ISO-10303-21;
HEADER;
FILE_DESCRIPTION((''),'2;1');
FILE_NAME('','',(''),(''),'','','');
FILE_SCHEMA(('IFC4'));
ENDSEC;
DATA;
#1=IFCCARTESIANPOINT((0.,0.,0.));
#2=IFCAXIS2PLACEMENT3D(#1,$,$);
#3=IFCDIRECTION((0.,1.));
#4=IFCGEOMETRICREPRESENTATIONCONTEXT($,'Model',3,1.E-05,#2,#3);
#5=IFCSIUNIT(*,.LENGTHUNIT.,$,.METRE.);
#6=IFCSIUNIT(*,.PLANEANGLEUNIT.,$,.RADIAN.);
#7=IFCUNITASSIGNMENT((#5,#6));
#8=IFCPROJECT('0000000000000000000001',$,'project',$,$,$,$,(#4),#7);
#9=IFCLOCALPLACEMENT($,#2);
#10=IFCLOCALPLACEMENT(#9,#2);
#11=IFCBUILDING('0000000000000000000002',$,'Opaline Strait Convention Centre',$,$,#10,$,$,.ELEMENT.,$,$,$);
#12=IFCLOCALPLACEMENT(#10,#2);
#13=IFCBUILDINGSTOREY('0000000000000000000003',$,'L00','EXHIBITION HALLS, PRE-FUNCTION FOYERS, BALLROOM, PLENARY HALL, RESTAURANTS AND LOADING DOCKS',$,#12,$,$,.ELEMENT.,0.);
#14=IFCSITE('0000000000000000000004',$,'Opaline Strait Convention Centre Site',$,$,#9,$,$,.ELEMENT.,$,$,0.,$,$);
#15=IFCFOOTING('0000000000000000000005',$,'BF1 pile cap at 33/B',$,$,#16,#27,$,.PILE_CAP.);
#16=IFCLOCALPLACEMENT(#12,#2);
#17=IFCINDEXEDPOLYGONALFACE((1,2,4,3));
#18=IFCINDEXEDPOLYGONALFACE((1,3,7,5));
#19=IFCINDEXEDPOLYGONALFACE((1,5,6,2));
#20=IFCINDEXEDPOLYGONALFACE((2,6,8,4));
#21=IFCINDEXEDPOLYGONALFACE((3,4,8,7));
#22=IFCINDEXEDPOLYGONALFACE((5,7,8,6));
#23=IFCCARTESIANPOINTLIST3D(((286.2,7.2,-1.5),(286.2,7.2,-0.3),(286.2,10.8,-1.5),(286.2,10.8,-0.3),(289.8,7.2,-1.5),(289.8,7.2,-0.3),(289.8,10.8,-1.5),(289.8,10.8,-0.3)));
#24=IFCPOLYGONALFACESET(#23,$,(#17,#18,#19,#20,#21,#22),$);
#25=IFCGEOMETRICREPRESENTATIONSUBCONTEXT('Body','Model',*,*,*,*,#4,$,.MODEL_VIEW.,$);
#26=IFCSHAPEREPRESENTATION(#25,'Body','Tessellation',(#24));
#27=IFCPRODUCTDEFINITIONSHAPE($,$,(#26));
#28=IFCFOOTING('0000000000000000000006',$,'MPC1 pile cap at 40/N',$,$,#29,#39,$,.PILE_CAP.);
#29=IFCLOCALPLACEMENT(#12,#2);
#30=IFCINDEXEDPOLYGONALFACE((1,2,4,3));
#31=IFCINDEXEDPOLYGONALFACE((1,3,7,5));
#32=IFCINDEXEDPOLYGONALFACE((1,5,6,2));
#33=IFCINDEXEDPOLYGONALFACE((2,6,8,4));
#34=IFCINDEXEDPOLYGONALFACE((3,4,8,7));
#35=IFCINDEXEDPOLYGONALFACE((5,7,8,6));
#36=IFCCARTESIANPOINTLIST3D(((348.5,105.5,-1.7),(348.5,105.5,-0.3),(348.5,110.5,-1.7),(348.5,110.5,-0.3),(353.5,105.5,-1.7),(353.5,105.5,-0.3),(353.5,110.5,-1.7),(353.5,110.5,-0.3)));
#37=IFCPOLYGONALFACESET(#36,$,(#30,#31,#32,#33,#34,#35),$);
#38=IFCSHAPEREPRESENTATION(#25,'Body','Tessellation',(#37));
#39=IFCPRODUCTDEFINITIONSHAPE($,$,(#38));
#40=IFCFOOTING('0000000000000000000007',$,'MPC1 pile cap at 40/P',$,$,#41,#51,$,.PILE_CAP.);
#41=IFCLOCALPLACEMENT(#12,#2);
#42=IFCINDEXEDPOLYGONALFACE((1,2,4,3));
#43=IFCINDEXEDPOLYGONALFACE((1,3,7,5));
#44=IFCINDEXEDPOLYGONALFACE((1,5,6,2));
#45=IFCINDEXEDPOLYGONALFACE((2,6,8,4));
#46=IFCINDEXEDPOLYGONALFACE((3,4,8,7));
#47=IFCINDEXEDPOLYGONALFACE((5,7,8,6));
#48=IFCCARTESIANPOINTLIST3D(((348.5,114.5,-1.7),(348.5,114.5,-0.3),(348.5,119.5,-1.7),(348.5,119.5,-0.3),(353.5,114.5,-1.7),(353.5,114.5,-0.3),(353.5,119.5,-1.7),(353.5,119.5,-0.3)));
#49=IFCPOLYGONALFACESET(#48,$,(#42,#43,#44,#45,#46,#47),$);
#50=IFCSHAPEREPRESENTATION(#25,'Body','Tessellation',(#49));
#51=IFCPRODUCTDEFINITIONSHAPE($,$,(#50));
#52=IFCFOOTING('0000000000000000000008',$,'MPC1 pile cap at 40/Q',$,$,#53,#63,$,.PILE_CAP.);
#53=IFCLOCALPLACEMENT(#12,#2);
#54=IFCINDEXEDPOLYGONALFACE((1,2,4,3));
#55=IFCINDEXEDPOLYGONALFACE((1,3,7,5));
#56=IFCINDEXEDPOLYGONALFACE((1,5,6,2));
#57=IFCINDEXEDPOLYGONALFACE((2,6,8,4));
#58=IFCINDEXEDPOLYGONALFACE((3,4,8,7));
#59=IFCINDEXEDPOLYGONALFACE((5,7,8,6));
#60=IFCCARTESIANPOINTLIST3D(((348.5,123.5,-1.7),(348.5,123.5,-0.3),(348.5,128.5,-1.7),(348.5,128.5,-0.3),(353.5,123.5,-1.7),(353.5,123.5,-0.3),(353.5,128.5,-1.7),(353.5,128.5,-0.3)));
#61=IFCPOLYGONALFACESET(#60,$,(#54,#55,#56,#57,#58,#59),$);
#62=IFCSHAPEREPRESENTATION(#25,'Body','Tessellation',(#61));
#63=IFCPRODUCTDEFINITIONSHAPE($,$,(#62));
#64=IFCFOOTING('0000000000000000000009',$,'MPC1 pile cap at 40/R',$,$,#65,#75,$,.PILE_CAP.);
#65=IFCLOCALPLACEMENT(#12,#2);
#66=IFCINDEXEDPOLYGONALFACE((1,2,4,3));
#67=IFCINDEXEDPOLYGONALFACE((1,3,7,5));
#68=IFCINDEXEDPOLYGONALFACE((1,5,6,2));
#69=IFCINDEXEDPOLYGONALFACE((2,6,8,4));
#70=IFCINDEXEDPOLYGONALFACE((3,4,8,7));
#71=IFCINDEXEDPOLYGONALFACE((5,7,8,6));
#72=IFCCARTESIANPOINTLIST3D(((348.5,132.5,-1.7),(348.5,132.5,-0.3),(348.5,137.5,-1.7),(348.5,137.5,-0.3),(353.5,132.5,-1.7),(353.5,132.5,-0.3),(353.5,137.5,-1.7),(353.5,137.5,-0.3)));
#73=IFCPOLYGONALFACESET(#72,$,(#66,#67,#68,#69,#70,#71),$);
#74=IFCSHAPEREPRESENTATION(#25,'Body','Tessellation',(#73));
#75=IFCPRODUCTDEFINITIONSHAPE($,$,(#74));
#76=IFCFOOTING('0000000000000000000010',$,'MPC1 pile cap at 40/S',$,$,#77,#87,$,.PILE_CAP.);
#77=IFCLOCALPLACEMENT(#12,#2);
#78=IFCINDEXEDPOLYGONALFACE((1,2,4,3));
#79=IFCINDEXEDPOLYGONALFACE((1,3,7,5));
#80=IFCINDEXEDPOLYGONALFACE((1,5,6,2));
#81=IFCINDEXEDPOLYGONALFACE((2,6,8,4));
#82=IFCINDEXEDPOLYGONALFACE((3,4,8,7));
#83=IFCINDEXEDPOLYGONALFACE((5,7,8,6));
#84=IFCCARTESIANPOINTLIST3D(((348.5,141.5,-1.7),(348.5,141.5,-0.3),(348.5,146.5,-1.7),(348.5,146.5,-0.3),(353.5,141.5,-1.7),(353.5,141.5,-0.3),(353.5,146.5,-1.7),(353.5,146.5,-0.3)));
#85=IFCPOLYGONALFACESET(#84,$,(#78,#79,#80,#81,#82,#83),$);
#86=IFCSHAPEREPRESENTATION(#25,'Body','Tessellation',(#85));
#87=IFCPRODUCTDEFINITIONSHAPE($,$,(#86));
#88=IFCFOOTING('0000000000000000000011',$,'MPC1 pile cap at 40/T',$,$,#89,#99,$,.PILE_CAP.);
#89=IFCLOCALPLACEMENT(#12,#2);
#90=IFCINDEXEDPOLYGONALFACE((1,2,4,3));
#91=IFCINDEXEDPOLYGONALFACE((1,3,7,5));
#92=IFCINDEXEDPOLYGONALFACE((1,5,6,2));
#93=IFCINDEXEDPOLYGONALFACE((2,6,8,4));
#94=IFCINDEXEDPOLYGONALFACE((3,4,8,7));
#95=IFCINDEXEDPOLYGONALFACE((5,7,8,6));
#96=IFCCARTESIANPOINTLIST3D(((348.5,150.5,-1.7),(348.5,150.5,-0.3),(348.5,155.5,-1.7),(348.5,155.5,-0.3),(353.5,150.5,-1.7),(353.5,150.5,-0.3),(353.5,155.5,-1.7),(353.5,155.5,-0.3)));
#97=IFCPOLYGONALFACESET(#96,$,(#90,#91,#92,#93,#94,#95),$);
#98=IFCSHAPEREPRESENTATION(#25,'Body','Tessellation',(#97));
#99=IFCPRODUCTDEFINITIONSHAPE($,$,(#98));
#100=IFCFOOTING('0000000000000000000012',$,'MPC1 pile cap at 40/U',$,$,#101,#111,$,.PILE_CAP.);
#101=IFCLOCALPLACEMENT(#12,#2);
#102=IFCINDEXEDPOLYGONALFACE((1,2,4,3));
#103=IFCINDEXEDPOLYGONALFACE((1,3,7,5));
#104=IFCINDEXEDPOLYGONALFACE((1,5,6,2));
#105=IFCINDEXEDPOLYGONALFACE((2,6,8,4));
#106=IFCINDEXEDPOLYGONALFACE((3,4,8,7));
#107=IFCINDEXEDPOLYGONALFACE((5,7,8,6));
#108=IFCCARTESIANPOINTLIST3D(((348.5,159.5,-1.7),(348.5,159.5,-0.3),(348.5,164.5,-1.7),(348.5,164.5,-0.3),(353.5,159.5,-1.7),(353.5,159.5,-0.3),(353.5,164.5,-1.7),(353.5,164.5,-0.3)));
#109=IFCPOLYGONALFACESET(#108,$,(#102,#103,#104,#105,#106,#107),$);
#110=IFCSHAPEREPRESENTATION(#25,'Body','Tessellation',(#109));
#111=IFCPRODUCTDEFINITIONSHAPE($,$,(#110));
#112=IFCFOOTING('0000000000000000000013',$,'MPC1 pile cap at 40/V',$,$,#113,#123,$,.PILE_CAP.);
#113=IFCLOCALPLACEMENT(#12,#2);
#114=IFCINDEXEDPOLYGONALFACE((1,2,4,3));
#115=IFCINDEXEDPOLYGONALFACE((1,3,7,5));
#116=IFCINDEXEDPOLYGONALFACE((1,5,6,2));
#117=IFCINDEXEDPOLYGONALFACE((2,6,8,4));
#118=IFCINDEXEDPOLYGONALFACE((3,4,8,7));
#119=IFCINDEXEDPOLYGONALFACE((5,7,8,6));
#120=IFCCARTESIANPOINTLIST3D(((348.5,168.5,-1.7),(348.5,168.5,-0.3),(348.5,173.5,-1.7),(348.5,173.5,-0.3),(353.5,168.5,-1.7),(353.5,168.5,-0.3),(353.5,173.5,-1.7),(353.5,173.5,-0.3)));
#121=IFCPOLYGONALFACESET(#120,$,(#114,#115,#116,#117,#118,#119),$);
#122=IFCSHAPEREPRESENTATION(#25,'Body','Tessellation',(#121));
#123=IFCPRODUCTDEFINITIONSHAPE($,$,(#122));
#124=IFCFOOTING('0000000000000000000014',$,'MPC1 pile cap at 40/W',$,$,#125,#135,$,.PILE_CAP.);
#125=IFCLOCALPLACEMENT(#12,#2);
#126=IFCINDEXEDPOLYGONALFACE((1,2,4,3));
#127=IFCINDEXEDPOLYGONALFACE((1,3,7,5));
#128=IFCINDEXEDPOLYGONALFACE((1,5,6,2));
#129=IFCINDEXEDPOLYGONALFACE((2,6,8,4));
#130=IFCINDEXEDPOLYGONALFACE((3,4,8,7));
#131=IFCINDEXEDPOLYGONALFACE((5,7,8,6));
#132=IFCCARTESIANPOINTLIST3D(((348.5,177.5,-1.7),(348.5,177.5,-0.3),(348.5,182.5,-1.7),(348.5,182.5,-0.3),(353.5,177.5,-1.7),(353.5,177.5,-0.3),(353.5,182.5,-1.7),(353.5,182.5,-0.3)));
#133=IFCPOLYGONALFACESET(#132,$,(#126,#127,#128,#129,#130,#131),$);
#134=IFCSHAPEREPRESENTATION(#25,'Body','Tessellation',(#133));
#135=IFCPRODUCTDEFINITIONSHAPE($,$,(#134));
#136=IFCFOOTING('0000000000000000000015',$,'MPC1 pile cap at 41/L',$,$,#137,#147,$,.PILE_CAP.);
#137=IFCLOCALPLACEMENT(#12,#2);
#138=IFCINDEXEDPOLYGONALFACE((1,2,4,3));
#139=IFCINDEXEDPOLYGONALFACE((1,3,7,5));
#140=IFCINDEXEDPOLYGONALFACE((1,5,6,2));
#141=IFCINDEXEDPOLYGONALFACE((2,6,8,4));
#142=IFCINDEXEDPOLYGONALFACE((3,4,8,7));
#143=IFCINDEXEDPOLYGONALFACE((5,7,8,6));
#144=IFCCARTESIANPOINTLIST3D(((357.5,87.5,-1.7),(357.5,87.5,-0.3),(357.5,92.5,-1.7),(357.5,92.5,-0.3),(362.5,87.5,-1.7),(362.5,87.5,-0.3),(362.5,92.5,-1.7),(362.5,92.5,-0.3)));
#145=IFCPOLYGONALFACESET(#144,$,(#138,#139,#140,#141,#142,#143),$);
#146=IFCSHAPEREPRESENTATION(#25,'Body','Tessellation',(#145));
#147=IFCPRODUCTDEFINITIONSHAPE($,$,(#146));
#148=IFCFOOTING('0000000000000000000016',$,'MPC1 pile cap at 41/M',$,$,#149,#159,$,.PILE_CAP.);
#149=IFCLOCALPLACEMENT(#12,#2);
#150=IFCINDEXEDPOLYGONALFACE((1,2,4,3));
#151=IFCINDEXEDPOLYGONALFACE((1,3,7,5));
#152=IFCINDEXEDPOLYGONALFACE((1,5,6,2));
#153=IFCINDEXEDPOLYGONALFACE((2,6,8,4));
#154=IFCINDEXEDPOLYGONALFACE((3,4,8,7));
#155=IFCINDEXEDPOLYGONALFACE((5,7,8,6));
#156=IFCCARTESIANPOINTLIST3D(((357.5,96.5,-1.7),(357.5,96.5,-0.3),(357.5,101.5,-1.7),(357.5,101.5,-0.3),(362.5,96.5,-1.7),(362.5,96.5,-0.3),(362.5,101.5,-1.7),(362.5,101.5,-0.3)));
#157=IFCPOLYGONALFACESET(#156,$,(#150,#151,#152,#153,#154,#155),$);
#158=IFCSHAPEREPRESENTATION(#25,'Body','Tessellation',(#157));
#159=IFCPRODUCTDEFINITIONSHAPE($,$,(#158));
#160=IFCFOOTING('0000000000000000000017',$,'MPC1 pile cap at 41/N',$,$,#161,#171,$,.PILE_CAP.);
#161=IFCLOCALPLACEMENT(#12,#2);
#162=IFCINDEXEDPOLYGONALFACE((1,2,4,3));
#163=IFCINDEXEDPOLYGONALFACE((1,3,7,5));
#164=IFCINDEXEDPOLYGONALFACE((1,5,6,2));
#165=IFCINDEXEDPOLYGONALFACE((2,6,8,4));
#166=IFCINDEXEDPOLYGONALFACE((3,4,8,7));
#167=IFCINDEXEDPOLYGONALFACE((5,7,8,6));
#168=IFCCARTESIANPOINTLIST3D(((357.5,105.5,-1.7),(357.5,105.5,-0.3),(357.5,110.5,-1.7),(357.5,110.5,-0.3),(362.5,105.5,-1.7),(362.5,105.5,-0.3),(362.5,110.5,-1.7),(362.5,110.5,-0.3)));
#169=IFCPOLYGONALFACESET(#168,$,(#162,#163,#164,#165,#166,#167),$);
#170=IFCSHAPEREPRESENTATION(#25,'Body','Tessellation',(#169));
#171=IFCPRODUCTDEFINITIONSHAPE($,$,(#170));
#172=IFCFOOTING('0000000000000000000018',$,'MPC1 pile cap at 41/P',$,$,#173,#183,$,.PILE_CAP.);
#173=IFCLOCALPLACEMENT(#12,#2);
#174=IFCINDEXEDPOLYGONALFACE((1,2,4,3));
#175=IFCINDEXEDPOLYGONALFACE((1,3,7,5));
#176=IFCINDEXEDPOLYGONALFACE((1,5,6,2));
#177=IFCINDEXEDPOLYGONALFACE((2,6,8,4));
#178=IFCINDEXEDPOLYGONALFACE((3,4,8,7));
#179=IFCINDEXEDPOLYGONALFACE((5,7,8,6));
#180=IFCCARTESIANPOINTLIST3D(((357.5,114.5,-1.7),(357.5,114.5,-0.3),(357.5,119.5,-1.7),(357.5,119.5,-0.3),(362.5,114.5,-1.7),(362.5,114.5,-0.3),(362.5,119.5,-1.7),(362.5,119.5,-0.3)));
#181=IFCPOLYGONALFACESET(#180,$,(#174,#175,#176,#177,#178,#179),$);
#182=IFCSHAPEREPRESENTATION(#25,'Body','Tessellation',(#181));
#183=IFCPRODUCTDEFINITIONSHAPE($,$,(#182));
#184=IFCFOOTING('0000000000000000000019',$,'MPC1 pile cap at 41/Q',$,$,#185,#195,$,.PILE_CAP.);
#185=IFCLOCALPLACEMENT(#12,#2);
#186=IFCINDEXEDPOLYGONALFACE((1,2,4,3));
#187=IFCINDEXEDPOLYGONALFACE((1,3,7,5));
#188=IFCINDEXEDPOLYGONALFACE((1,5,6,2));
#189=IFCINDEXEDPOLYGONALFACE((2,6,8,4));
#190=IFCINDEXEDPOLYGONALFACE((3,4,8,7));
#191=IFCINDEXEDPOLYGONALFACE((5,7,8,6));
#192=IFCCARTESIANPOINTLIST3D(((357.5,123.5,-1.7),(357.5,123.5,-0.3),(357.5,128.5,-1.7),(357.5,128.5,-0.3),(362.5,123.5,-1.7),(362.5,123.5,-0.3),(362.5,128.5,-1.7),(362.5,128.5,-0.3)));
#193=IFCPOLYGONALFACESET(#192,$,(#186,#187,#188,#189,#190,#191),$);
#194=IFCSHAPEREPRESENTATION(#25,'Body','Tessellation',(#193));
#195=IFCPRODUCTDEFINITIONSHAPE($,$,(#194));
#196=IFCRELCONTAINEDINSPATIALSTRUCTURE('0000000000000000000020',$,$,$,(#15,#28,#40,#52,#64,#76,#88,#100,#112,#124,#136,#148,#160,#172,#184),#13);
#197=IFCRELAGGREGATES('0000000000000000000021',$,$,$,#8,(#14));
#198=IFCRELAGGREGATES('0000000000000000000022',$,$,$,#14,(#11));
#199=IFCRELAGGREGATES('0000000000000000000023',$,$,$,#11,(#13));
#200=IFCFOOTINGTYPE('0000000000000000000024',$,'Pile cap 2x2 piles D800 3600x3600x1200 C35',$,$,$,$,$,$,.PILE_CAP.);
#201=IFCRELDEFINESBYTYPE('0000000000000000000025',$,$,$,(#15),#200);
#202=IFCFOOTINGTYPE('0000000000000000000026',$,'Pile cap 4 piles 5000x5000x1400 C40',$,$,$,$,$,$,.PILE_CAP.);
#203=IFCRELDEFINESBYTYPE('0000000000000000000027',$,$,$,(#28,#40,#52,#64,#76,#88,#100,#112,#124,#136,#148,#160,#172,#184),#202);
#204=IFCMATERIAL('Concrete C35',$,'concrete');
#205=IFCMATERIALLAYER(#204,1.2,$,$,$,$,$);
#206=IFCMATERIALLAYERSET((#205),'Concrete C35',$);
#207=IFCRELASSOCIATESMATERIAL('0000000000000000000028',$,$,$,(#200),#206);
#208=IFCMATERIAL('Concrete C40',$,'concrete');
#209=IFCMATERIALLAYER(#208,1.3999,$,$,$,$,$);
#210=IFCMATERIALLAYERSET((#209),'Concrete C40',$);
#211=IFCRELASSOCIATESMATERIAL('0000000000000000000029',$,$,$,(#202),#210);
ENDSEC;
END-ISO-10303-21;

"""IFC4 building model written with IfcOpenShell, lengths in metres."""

from ifc_helpers import new_model, si_unit, direction, frame, origin, place, context, subcontext, project, spatial, polyline, outline, extrude, material, layer, layer_set, type_object, element, save


model = new_model("IFC4")

# Units and contexts
model_context = context("Model", 3, precision=1e-05, world=origin(), true_north=direction((0.0, 1.0)))
body_context = subcontext(model_context, "Body", "Model", "MODEL_VIEW")
ifc_project = project(units=[si_unit("LENGTHUNIT", "METRE"), si_unit("PLANEANGLEUNIT", "RADIAN")], contexts=[model_context])

# Site, building, storey
site_placement = place(None, origin())
site = spatial("IfcSite", under=ifc_project, at=site_placement, Name="Opaline Strait Convention Centre Site", CompositionType="ELEMENT", RefElevation=0.0)
building_placement = place(site_placement, origin())
building = spatial("IfcBuilding", under=site, at=building_placement, Name="Opaline Strait Convention Centre", CompositionType="ELEMENT")
storey_placement = place(building_placement, origin())
storey = spatial("IfcBuildingStorey", under=building, at=storey_placement, Name="L00", Description="EXHIBITION HALLS, PRE-FUNCTION FOYERS, BALLROOM, PLENARY HALL, RESTAURANTS AND LOADING DOCKS", CompositionType="ELEMENT", Elevation=0.0)

# Footings
ifc_material_1 = material(Name="Concrete C35", Category="concrete")
ifc_layer_1 = layer(ifc_material_1, 1.2)
ifc_layer_set_1 = layer_set([ifc_layer_1], Name="Concrete C35")
footing_type_1 = type_object("IfcFootingType", Name="Pile cap 2x2 piles D800 3600x3600x1200 C35", PredefinedType="PILE_CAP", material=ifc_layer_set_1)
footing_1_placement = place(storey_placement, frame((0.0, 0.0, -1.5)))
element("IfcFooting", 1, at=footing_1_placement, inside=storey, type_object=footing_type_1, Name="BF1 pile cap at 33/B", PredefinedType="PILE_CAP", context=body_context, shape_type="SweptSolid", body=[
    extrude(outline(polyline([(286.2, 7.2), (289.8, 7.2), (289.8, 10.8), (286.2, 10.8), (286.2, 7.2)])), origin(), (0.0, 0.0, 1.0), 1.2),
])
ifc_material_2 = material(Name="Concrete C40", Category="concrete")
ifc_layer_2 = layer(ifc_material_2, 1.3999)
ifc_layer_set_2 = layer_set([ifc_layer_2], Name="Concrete C40")
footing_type_2 = type_object("IfcFootingType", Name="Pile cap 4 piles 5000x5000x1400 C40", PredefinedType="PILE_CAP", material=ifc_layer_set_2)
footing_2_placement = place(storey_placement, frame((0.0, 0.0, -1.7)))
element("IfcFooting", 2, at=footing_2_placement, inside=storey, type_object=footing_type_2, Name="MPC1 pile cap at 40/N", PredefinedType="PILE_CAP", context=body_context, shape_type="SweptSolid", body=[
    extrude(outline(polyline([(348.5, 105.5), (353.5, 105.5), (353.5, 110.5), (348.5, 110.5), (348.5, 105.5)])), origin(), (0.0, 0.0, 1.0), 1.3999),
])
footing_3_placement = place(storey_placement, frame((0.0, 0.0, -1.7)))
element("IfcFooting", 3, at=footing_3_placement, inside=storey, type_object=footing_type_2, Name="MPC1 pile cap at 40/P", PredefinedType="PILE_CAP", context=body_context, shape_type="SweptSolid", body=[
    extrude(outline(polyline([(348.5, 114.5), (353.5, 114.5), (353.5, 119.5), (348.5, 119.5), (348.5, 114.5)])), origin(), (0.0, 0.0, 1.0), 1.3999),
])
footing_4_placement = place(storey_placement, frame((0.0, 0.0, -1.7)))
element("IfcFooting", 4, at=footing_4_placement, inside=storey, type_object=footing_type_2, Name="MPC1 pile cap at 40/Q", PredefinedType="PILE_CAP", context=body_context, shape_type="SweptSolid", body=[
    extrude(outline(polyline([(348.5, 123.5), (353.5, 123.5), (353.5, 128.5), (348.5, 128.5), (348.5, 123.5)])), origin(), (0.0, 0.0, 1.0), 1.3999),
])
footing_5_placement = place(storey_placement, frame((0.0, 0.0, -1.7)))
element("IfcFooting", 5, at=footing_5_placement, inside=storey, type_object=footing_type_2, Name="MPC1 pile cap at 40/R", PredefinedType="PILE_CAP", context=body_context, shape_type="SweptSolid", body=[
    extrude(outline(polyline([(348.5, 132.5), (353.5, 132.5), (353.5, 137.5), (348.5, 137.5), (348.5, 132.5)])), origin(), (0.0, 0.0, 1.0), 1.3999),
])
footing_6_placement = place(storey_placement, frame((0.0, 0.0, -1.7)))
element("IfcFooting", 6, at=footing_6_placement, inside=storey, type_object=footing_type_2, Name="MPC1 pile cap at 40/S", PredefinedType="PILE_CAP", context=body_context, shape_type="SweptSolid", body=[
    extrude(outline(polyline([(348.5, 141.5), (353.5, 141.5), (353.5, 146.5), (348.5, 146.5), (348.5, 141.5)])), origin(), (0.0, 0.0, 1.0), 1.3999),
])
footing_7_placement = place(storey_placement, frame((0.0, 0.0, -1.7)))
element("IfcFooting", 7, at=footing_7_placement, inside=storey, type_object=footing_type_2, Name="MPC1 pile cap at 40/T", PredefinedType="PILE_CAP", context=body_context, shape_type="SweptSolid", body=[
    extrude(outline(polyline([(348.5, 150.5), (353.5, 150.5), (353.5, 155.5), (348.5, 155.5), (348.5, 150.5)])), origin(), (0.0, 0.0, 1.0), 1.3999),
])
footing_8_placement = place(storey_placement, frame((0.0, 0.0, -1.7)))
element("IfcFooting", 8, at=footing_8_placement, inside=storey, type_object=footing_type_2, Name="MPC1 pile cap at 40/U", PredefinedType="PILE_CAP", context=body_context, shape_type="SweptSolid", body=[
    extrude(outline(polyline([(348.5, 159.5), (353.5, 159.5), (353.5, 164.5), (348.5, 164.5), (348.5, 159.5)])), origin(), (0.0, 0.0, 1.0), 1.3999),
])
footing_9_placement = place(storey_placement, frame((0.0, 0.0, -1.7)))
element("IfcFooting", 9, at=footing_9_placement, inside=storey, type_object=footing_type_2, Name="MPC1 pile cap at 40/V", PredefinedType="PILE_CAP", context=body_context, shape_type="SweptSolid", body=[
    extrude(outline(polyline([(348.5, 168.5), (353.5, 168.5), (353.5, 173.5), (348.5, 173.5), (348.5, 168.5)])), origin(), (0.0, 0.0, 1.0), 1.3999),
])
footing_10_placement = place(storey_placement, frame((0.0, 0.0, -1.7)))
element("IfcFooting", 10, at=footing_10_placement, inside=storey, type_object=footing_type_2, Name="MPC1 pile cap at 40/W", PredefinedType="PILE_CAP", context=body_context, shape_type="SweptSolid", body=[
    extrude(outline(polyline([(348.5, 177.5), (353.5, 177.5), (353.5, 182.5), (348.5, 182.5), (348.5, 177.5)])), origin(), (0.0, 0.0, 1.0), 1.3999),
])
footing_11_placement = place(storey_placement, frame((0.0, 0.0, -1.7)))
element("IfcFooting", 11, at=footing_11_placement, inside=storey, type_object=footing_type_2, Name="MPC1 pile cap at 41/L", PredefinedType="PILE_CAP", context=body_context, shape_type="SweptSolid", body=[
    extrude(outline(polyline([(357.5, 87.5), (362.5, 87.5), (362.5, 92.5), (357.5, 92.5), (357.5, 87.5)])), origin(), (0.0, 0.0, 1.0), 1.3999),
])
footing_12_placement = place(storey_placement, frame((0.0, 0.0, -1.7)))
element("IfcFooting", 12, at=footing_12_placement, inside=storey, type_object=footing_type_2, Name="MPC1 pile cap at 41/M", PredefinedType="PILE_CAP", context=body_context, shape_type="SweptSolid", body=[
    extrude(outline(polyline([(357.5, 96.5), (362.5, 96.5), (362.5, 101.5), (357.5, 101.5), (357.5, 96.5)])), origin(), (0.0, 0.0, 1.0), 1.3999),
])
footing_13_placement = place(storey_placement, frame((0.0, 0.0, -1.7)))
element("IfcFooting", 13, at=footing_13_placement, inside=storey, type_object=footing_type_2, Name="MPC1 pile cap at 41/N", PredefinedType="PILE_CAP", context=body_context, shape_type="SweptSolid", body=[
    extrude(outline(polyline([(357.5, 105.5), (362.5, 105.5), (362.5, 110.5), (357.5, 110.5), (357.5, 105.5)])), origin(), (0.0, 0.0, 1.0), 1.3999),
])
footing_14_placement = place(storey_placement, frame((0.0, 0.0, -1.7)))
element("IfcFooting", 14, at=footing_14_placement, inside=storey, type_object=footing_type_2, Name="MPC1 pile cap at 41/P", PredefinedType="PILE_CAP", context=body_context, shape_type="SweptSolid", body=[
    extrude(outline(polyline([(357.5, 114.5), (362.5, 114.5), (362.5, 119.5), (357.5, 119.5), (357.5, 114.5)])), origin(), (0.0, 0.0, 1.0), 1.3999),
])
footing_15_placement = place(storey_placement, frame((0.0, 0.0, -1.7)))
element("IfcFooting", 15, at=footing_15_placement, inside=storey, type_object=footing_type_2, Name="MPC1 pile cap at 41/Q", PredefinedType="PILE_CAP", context=body_context, shape_type="SweptSolid", body=[
    extrude(outline(polyline([(357.5, 123.5), (362.5, 123.5), (362.5, 128.5), (357.5, 128.5), (357.5, 123.5)])), origin(), (0.0, 0.0, 1.0), 1.3999),
])

save(model, "model.ifc")
